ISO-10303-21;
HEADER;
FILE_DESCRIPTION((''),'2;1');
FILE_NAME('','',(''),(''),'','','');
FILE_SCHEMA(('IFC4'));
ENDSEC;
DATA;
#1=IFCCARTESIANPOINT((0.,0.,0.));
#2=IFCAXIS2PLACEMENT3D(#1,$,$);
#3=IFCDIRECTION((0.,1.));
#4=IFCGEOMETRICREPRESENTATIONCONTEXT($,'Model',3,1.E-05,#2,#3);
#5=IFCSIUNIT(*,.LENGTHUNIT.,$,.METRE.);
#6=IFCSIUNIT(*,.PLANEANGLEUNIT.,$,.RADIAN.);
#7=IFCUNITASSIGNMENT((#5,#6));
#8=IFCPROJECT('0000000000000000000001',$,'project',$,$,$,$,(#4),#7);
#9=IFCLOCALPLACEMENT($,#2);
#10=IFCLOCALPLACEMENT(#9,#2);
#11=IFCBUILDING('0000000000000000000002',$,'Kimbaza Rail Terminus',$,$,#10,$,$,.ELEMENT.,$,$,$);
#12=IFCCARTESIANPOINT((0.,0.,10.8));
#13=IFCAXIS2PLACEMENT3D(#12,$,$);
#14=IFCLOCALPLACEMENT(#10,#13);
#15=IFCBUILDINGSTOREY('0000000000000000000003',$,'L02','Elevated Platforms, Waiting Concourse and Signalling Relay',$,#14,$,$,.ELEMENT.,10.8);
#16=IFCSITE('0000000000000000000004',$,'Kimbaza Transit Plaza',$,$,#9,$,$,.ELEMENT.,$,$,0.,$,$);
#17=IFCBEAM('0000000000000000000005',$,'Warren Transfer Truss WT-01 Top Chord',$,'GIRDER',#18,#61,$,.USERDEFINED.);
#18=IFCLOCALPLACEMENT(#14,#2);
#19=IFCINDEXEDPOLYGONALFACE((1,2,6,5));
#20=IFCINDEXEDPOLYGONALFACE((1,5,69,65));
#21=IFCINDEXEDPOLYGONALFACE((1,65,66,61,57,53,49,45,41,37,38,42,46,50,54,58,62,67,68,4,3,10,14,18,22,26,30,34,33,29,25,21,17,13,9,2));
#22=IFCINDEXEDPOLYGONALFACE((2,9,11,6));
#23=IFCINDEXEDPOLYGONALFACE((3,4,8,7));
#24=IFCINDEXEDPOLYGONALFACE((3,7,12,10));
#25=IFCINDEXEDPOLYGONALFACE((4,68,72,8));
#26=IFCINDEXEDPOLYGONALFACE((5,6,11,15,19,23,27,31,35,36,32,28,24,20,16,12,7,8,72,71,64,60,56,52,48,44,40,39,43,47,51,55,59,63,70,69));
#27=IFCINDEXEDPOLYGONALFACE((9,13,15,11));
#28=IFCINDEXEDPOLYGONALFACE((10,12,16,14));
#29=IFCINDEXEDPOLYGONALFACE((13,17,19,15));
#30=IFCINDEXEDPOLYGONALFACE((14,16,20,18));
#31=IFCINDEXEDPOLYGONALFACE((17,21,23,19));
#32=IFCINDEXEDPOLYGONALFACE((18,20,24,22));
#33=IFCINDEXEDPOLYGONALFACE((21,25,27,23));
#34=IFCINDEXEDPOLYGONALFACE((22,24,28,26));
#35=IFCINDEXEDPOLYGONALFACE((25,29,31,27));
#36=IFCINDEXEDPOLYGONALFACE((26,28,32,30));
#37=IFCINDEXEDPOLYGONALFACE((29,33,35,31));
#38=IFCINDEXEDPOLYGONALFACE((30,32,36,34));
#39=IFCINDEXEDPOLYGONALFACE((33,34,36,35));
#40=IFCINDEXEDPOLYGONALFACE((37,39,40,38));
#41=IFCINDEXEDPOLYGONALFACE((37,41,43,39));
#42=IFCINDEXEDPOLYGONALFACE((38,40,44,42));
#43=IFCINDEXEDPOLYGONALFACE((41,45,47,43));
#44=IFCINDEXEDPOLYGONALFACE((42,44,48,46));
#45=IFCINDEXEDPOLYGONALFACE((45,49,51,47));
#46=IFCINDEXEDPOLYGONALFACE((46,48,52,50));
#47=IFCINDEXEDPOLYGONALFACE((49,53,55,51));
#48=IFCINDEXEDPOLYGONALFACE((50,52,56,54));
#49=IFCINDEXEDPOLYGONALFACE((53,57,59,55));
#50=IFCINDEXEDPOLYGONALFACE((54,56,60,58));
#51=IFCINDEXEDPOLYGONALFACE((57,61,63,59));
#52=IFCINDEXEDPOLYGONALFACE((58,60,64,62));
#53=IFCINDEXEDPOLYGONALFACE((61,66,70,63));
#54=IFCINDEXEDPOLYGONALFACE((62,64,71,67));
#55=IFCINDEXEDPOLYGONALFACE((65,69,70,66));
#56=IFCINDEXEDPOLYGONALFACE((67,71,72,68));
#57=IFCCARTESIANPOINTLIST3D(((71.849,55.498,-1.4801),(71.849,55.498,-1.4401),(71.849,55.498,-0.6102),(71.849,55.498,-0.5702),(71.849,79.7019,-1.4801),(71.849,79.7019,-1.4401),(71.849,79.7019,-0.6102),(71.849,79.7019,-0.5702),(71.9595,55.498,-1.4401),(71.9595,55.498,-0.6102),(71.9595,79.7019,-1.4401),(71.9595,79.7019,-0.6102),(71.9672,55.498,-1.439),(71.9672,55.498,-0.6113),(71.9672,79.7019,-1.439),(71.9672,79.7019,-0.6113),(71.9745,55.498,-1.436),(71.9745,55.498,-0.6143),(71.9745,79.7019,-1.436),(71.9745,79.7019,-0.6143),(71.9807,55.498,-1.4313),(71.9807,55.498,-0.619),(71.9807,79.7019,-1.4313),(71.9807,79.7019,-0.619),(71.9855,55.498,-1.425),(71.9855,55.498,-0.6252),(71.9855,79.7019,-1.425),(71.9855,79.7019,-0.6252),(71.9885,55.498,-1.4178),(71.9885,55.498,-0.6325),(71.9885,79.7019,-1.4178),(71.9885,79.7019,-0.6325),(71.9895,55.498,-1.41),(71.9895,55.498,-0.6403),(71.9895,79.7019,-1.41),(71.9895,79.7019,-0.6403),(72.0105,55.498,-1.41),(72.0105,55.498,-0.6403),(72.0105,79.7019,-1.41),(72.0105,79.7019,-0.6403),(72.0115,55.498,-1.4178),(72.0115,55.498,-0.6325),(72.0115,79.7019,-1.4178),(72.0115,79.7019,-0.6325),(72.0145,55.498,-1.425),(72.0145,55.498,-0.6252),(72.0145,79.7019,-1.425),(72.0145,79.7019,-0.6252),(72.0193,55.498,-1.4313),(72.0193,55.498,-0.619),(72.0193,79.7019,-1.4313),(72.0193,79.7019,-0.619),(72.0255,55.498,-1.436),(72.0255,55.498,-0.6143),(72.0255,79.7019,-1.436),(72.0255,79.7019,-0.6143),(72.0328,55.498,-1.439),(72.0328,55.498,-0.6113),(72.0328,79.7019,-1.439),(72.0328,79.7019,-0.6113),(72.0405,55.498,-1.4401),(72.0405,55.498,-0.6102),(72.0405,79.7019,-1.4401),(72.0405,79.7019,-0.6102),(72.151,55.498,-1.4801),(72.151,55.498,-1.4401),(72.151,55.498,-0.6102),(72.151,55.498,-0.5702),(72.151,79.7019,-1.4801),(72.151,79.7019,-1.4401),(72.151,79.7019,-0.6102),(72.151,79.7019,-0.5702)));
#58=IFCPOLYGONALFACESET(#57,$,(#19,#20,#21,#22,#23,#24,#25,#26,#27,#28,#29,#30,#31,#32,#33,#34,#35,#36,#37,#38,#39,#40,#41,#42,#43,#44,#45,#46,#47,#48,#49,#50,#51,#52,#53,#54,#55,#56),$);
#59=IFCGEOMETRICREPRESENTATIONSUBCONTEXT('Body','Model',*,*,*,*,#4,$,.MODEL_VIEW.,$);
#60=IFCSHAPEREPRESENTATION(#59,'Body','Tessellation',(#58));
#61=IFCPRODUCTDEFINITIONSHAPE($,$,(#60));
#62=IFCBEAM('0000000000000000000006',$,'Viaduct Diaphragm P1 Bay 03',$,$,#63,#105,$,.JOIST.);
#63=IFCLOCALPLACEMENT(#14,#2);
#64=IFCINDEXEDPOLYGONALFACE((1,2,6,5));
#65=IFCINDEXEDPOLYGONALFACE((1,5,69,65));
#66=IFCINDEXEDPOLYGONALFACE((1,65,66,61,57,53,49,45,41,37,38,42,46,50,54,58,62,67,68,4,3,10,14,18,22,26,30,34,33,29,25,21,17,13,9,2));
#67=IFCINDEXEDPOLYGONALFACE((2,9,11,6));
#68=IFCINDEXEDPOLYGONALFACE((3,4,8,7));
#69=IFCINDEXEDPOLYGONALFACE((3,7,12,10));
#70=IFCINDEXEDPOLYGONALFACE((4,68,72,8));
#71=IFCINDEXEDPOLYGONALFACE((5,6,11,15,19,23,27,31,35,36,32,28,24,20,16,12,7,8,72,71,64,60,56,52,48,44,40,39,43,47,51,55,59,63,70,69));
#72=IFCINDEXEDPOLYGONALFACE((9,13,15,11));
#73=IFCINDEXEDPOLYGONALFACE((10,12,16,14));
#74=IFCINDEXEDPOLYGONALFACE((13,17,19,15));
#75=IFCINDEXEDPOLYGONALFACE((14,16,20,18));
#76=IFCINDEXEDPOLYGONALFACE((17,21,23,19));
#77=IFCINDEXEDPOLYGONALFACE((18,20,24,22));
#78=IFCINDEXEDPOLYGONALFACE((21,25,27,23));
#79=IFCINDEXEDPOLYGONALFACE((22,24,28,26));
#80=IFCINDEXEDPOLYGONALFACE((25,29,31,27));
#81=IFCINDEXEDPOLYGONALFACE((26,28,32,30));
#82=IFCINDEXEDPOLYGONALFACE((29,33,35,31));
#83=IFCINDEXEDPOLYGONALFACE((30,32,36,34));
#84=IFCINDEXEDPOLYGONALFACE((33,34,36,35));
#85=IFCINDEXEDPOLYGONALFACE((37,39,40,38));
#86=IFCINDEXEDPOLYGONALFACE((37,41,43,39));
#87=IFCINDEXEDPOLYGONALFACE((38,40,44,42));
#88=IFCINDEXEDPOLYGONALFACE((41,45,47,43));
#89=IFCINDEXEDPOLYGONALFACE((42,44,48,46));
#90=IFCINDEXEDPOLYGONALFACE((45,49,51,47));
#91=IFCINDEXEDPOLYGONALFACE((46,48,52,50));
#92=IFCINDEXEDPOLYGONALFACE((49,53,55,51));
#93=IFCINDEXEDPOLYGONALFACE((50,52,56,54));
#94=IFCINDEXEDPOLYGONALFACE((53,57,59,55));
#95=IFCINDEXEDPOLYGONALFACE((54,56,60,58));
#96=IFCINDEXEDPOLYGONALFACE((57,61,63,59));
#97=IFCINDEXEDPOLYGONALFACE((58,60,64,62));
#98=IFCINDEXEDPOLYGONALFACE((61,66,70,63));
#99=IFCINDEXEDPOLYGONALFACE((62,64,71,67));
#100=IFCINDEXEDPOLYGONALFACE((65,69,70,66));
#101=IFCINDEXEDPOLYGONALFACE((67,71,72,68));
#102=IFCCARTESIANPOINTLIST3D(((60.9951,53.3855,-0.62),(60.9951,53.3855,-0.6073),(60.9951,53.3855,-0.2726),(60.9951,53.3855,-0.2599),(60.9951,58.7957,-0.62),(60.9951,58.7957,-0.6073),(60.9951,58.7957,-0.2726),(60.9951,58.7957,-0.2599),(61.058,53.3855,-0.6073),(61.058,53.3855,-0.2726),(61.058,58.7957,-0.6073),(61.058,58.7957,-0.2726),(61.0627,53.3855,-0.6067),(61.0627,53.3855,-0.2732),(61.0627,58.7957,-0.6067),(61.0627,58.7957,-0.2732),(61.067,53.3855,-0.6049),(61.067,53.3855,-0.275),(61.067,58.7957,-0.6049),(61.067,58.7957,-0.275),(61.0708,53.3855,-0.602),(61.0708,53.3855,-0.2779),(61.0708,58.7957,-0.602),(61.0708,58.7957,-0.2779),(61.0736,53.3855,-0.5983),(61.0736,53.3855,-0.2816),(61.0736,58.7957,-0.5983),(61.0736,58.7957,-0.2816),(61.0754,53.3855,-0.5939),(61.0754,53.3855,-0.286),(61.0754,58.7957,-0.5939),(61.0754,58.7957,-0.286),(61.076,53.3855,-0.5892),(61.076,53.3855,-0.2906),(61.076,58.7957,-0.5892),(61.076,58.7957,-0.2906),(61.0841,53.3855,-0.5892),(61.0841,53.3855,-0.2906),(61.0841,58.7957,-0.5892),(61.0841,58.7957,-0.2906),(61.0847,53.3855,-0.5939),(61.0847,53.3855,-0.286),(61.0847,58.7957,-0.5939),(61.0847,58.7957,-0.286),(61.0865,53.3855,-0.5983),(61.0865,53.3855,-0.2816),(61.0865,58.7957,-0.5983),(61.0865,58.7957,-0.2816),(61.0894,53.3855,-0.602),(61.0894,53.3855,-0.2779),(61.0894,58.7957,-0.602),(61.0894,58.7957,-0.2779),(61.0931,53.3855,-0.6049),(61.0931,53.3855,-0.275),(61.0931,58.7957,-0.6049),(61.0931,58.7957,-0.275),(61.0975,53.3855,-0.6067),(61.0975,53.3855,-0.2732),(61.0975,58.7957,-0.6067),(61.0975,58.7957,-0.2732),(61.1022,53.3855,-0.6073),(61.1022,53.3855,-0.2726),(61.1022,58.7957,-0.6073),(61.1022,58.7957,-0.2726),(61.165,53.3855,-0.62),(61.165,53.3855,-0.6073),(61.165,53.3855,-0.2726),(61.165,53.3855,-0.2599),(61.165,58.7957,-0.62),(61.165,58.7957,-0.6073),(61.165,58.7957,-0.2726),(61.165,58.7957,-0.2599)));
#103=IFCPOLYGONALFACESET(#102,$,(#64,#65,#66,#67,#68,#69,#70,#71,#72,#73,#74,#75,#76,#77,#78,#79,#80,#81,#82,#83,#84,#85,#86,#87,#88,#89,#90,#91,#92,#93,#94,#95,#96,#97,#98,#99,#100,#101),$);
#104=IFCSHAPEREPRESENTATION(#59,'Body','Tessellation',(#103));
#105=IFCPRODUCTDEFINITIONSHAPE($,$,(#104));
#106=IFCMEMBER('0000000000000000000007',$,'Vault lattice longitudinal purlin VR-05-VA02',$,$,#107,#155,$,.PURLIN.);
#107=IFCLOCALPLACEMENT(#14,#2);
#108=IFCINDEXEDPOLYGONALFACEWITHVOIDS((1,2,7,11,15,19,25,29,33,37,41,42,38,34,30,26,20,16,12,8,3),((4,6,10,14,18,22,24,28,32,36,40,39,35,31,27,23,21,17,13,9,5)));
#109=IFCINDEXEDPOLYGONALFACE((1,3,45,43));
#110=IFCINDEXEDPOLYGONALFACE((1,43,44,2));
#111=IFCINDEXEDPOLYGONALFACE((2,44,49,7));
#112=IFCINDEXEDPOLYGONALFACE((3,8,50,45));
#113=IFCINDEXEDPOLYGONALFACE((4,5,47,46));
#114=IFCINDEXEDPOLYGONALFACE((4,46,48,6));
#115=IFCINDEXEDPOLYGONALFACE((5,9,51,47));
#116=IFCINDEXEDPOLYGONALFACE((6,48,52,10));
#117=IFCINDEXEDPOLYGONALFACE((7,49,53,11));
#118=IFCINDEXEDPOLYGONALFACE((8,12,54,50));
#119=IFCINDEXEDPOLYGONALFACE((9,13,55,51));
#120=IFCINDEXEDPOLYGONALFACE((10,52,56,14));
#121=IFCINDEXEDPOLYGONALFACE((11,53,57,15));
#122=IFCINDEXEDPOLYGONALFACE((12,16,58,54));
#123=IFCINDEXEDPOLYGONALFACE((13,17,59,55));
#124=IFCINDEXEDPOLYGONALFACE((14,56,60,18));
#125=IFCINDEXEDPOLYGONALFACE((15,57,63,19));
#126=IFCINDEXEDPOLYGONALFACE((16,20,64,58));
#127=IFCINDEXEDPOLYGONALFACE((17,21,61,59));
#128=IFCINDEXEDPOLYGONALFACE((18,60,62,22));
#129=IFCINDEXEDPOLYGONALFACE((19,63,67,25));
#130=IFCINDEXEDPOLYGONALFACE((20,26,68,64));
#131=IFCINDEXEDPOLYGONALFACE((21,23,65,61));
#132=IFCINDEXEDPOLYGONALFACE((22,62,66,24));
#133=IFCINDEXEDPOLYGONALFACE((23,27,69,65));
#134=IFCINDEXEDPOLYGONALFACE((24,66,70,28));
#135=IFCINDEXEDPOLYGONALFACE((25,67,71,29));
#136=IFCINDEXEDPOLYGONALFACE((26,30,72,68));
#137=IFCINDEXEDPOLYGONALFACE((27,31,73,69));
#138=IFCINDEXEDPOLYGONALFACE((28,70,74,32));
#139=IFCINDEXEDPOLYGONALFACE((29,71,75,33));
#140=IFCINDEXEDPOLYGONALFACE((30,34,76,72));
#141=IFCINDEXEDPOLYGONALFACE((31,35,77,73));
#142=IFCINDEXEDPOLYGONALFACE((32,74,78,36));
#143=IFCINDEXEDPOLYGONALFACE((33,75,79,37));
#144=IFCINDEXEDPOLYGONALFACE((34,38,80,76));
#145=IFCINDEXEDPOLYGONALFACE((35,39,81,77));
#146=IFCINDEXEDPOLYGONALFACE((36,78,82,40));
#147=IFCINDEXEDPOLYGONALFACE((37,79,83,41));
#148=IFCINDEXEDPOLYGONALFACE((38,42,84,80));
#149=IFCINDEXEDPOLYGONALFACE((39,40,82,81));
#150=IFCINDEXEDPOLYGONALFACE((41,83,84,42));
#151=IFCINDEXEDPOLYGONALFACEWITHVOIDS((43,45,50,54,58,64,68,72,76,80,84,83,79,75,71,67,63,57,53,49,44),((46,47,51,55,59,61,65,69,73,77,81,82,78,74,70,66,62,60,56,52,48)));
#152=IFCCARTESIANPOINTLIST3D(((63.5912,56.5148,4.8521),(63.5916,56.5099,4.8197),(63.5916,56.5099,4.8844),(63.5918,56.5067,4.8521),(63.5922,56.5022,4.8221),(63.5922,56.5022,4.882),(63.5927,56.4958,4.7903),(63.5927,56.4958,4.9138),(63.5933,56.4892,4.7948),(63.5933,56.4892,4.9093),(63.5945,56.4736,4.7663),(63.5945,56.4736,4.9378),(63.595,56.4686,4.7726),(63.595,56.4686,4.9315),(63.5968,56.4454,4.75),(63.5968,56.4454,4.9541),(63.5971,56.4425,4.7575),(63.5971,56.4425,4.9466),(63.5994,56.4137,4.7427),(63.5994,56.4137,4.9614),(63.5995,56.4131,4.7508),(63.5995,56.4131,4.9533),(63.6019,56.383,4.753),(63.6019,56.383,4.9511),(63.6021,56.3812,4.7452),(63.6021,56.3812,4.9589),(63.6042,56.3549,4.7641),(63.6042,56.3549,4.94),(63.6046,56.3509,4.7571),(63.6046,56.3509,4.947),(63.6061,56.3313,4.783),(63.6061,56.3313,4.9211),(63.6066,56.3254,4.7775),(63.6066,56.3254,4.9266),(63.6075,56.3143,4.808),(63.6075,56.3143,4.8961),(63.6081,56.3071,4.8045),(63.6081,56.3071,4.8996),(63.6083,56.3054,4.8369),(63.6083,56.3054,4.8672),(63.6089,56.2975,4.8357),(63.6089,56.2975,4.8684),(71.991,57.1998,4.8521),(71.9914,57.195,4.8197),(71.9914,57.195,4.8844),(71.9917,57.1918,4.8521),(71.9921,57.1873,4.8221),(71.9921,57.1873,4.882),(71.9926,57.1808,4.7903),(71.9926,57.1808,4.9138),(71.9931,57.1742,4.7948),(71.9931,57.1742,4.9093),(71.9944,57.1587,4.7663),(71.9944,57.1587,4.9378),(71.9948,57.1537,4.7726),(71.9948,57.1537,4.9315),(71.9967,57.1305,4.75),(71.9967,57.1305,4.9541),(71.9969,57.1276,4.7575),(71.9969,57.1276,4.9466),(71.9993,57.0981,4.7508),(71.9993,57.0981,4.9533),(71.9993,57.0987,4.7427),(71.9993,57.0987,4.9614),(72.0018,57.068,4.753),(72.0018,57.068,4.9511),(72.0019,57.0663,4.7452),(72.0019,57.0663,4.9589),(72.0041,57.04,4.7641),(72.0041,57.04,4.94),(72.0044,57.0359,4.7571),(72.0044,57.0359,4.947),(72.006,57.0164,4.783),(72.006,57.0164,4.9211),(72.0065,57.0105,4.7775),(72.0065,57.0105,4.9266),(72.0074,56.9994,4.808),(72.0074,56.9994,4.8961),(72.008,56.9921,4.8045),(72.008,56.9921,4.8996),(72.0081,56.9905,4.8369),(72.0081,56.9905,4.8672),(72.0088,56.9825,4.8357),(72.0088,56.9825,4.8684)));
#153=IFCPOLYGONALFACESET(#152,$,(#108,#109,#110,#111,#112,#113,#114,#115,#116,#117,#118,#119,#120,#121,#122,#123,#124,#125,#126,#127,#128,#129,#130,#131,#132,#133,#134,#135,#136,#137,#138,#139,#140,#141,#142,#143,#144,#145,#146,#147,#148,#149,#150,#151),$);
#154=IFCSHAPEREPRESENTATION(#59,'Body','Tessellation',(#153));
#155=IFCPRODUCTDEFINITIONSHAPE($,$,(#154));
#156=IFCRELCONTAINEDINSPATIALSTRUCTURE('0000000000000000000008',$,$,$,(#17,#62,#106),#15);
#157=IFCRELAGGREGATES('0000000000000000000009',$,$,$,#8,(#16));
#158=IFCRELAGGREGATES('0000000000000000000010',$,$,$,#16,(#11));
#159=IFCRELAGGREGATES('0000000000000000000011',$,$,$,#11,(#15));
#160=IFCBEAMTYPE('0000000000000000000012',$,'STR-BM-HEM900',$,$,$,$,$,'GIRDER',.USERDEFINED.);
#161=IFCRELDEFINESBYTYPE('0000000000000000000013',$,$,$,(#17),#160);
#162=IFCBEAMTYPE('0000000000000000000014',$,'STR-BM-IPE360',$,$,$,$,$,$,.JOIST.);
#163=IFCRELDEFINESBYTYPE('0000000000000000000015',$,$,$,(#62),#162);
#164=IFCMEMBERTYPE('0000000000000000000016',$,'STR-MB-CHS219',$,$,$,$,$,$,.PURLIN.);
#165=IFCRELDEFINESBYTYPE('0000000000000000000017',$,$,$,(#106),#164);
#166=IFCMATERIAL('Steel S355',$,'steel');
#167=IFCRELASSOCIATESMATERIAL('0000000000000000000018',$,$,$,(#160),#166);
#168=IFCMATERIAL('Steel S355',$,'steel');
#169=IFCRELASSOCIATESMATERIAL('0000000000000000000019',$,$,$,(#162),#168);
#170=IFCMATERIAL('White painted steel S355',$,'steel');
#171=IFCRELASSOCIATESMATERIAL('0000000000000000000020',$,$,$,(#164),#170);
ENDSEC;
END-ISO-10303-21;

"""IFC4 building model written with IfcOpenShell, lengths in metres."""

from ifc_helpers import new_model, si_unit, direction, frame, origin, origin_2d, place, context, subcontext, project, spatial, hollow_circle, i_section, extrude, material, material_profile, profile_set, type_object, element, save


model = new_model("IFC4")

# Units and contexts
model_context = context("Model", 3, precision=1e-05, world=origin(), true_north=direction((0.0, 1.0)))
body_context = subcontext(model_context, "Body", "Model", "MODEL_VIEW")
ifc_project = project(units=[si_unit("LENGTHUNIT", "METRE"), si_unit("PLANEANGLEUNIT", "RADIAN")], contexts=[model_context])

# Site, building, storey
site_placement = place(None, origin())
site = spatial("IfcSite", under=ifc_project, at=site_placement, Name="Kimbaza Transit Plaza", CompositionType="ELEMENT", RefElevation=0.0)
building_placement = place(site_placement, origin())
building = spatial("IfcBuilding", under=site, at=building_placement, Name="Kimbaza Rail Terminus", CompositionType="ELEMENT")
storey_placement = place(building_placement, frame((0.0, 0.0, 10.8)))
storey = spatial("IfcBuildingStorey", under=building, at=storey_placement, Name="L02", Description="Elevated Platforms, Waiting Concourse and Signalling Relay", CompositionType="ELEMENT", Elevation=10.8)

# Beams
ifc_material_1 = material(Name="Steel S355", Category="steel")
ifc_material_profile_1 = material_profile(ifc_material_1, i_section(OverallWidth=0.302, OverallDepth=0.9099, WebThickness=0.021, FlangeThickness=0.04, FilletRadius=0.03, at=origin_2d()), Name="HEM 900")
ifc_profile_set_1 = profile_set([ifc_material_profile_1], Name="Steel S355")
beam_type_1 = type_object("IfcBeamType", Name="STR-BM-HEM900", ElementType="GIRDER", PredefinedType="USERDEFINED", material=ifc_profile_set_1)
beam_1_placement = place(storey_placement, frame((72.0, 55.498, -1.0251), z_axis=(0.0, 1.0, 0.0), x_axis=(-1.0, 0.0, 0.0)))
element("IfcBeam", 1, at=beam_1_placement, inside=storey, type_object=beam_type_1, Name="Warren Transfer Truss WT-01 Top Chord", ObjectType="GIRDER", PredefinedType="USERDEFINED", context=body_context, shape_type="SweptSolid", body=[
    extrude(i_section(OverallWidth=0.302, OverallDepth=0.9099, WebThickness=0.021, FlangeThickness=0.04, FilletRadius=0.03, at=origin_2d()), origin(), (0.0, 0.0, 1.0), 24.2039),
])
ifc_material_2 = material(Name="Steel S355", Category="steel")
ifc_material_profile_2 = material_profile(ifc_material_2, i_section(OverallWidth=0.1699, OverallDepth=0.3601, WebThickness=0.0081, FlangeThickness=0.0127, FilletRadius=0.0181, at=origin_2d()), Name="IPE 360")
ifc_profile_set_2 = profile_set([ifc_material_profile_2], Name="Steel S355")
beam_type_2 = type_object("IfcBeamType", Name="STR-BM-IPE360", PredefinedType="JOIST", material=ifc_profile_set_2)
beam_2_placement = place(storey_placement, frame((61.0801, 53.3855, -0.4399), z_axis=(0.0, 1.0, 0.0), x_axis=(-1.0, 0.0, 0.0)))
element("IfcBeam", 2, at=beam_2_placement, inside=storey, type_object=beam_type_2, Name="Viaduct Diaphragm P1 Bay 03", PredefinedType="JOIST", context=body_context, shape_type="SweptSolid", body=[
    extrude(i_section(OverallWidth=0.1699, OverallDepth=0.3601, WebThickness=0.0081, FlangeThickness=0.0127, FilletRadius=0.0181, at=origin_2d()), origin(), (0.0, 0.0, 1.0), 5.4102),
])

# Member
ifc_material_3 = material(Name="White painted steel S355", Category="steel")
ifc_material_profile_3 = material_profile(ifc_material_3, hollow_circle(Radius=0.1096, WallThickness=0.0081, at=origin_2d()), Name="CHS 219.1x8")
ifc_profile_set_3 = profile_set([ifc_material_profile_3], Name="White painted steel S355")
member_type_1 = type_object("IfcMemberType", Name="STR-MB-CHS219", PredefinedType="PURLIN", material=ifc_profile_set_3)
member_1_placement = place(storey_placement, frame((63.6001, 56.4055, 4.8521), z_axis=(0.996691, 0.081286, 0.0), x_axis=(-0.081286, 0.996691, 0.0)))
element("IfcMember", 3, at=member_1_placement, inside=storey, type_object=member_type_1, Name="Vault lattice longitudinal purlin VR-05-VA02", PredefinedType="PURLIN", context=body_context, shape_type="SweptSolid", body=[
    extrude(hollow_circle(Radius=0.1096, WallThickness=0.0081, at=origin_2d()), origin(), (0.0, 0.0, 1.0), 8.4277),
])

save(model, "model.ifc")
